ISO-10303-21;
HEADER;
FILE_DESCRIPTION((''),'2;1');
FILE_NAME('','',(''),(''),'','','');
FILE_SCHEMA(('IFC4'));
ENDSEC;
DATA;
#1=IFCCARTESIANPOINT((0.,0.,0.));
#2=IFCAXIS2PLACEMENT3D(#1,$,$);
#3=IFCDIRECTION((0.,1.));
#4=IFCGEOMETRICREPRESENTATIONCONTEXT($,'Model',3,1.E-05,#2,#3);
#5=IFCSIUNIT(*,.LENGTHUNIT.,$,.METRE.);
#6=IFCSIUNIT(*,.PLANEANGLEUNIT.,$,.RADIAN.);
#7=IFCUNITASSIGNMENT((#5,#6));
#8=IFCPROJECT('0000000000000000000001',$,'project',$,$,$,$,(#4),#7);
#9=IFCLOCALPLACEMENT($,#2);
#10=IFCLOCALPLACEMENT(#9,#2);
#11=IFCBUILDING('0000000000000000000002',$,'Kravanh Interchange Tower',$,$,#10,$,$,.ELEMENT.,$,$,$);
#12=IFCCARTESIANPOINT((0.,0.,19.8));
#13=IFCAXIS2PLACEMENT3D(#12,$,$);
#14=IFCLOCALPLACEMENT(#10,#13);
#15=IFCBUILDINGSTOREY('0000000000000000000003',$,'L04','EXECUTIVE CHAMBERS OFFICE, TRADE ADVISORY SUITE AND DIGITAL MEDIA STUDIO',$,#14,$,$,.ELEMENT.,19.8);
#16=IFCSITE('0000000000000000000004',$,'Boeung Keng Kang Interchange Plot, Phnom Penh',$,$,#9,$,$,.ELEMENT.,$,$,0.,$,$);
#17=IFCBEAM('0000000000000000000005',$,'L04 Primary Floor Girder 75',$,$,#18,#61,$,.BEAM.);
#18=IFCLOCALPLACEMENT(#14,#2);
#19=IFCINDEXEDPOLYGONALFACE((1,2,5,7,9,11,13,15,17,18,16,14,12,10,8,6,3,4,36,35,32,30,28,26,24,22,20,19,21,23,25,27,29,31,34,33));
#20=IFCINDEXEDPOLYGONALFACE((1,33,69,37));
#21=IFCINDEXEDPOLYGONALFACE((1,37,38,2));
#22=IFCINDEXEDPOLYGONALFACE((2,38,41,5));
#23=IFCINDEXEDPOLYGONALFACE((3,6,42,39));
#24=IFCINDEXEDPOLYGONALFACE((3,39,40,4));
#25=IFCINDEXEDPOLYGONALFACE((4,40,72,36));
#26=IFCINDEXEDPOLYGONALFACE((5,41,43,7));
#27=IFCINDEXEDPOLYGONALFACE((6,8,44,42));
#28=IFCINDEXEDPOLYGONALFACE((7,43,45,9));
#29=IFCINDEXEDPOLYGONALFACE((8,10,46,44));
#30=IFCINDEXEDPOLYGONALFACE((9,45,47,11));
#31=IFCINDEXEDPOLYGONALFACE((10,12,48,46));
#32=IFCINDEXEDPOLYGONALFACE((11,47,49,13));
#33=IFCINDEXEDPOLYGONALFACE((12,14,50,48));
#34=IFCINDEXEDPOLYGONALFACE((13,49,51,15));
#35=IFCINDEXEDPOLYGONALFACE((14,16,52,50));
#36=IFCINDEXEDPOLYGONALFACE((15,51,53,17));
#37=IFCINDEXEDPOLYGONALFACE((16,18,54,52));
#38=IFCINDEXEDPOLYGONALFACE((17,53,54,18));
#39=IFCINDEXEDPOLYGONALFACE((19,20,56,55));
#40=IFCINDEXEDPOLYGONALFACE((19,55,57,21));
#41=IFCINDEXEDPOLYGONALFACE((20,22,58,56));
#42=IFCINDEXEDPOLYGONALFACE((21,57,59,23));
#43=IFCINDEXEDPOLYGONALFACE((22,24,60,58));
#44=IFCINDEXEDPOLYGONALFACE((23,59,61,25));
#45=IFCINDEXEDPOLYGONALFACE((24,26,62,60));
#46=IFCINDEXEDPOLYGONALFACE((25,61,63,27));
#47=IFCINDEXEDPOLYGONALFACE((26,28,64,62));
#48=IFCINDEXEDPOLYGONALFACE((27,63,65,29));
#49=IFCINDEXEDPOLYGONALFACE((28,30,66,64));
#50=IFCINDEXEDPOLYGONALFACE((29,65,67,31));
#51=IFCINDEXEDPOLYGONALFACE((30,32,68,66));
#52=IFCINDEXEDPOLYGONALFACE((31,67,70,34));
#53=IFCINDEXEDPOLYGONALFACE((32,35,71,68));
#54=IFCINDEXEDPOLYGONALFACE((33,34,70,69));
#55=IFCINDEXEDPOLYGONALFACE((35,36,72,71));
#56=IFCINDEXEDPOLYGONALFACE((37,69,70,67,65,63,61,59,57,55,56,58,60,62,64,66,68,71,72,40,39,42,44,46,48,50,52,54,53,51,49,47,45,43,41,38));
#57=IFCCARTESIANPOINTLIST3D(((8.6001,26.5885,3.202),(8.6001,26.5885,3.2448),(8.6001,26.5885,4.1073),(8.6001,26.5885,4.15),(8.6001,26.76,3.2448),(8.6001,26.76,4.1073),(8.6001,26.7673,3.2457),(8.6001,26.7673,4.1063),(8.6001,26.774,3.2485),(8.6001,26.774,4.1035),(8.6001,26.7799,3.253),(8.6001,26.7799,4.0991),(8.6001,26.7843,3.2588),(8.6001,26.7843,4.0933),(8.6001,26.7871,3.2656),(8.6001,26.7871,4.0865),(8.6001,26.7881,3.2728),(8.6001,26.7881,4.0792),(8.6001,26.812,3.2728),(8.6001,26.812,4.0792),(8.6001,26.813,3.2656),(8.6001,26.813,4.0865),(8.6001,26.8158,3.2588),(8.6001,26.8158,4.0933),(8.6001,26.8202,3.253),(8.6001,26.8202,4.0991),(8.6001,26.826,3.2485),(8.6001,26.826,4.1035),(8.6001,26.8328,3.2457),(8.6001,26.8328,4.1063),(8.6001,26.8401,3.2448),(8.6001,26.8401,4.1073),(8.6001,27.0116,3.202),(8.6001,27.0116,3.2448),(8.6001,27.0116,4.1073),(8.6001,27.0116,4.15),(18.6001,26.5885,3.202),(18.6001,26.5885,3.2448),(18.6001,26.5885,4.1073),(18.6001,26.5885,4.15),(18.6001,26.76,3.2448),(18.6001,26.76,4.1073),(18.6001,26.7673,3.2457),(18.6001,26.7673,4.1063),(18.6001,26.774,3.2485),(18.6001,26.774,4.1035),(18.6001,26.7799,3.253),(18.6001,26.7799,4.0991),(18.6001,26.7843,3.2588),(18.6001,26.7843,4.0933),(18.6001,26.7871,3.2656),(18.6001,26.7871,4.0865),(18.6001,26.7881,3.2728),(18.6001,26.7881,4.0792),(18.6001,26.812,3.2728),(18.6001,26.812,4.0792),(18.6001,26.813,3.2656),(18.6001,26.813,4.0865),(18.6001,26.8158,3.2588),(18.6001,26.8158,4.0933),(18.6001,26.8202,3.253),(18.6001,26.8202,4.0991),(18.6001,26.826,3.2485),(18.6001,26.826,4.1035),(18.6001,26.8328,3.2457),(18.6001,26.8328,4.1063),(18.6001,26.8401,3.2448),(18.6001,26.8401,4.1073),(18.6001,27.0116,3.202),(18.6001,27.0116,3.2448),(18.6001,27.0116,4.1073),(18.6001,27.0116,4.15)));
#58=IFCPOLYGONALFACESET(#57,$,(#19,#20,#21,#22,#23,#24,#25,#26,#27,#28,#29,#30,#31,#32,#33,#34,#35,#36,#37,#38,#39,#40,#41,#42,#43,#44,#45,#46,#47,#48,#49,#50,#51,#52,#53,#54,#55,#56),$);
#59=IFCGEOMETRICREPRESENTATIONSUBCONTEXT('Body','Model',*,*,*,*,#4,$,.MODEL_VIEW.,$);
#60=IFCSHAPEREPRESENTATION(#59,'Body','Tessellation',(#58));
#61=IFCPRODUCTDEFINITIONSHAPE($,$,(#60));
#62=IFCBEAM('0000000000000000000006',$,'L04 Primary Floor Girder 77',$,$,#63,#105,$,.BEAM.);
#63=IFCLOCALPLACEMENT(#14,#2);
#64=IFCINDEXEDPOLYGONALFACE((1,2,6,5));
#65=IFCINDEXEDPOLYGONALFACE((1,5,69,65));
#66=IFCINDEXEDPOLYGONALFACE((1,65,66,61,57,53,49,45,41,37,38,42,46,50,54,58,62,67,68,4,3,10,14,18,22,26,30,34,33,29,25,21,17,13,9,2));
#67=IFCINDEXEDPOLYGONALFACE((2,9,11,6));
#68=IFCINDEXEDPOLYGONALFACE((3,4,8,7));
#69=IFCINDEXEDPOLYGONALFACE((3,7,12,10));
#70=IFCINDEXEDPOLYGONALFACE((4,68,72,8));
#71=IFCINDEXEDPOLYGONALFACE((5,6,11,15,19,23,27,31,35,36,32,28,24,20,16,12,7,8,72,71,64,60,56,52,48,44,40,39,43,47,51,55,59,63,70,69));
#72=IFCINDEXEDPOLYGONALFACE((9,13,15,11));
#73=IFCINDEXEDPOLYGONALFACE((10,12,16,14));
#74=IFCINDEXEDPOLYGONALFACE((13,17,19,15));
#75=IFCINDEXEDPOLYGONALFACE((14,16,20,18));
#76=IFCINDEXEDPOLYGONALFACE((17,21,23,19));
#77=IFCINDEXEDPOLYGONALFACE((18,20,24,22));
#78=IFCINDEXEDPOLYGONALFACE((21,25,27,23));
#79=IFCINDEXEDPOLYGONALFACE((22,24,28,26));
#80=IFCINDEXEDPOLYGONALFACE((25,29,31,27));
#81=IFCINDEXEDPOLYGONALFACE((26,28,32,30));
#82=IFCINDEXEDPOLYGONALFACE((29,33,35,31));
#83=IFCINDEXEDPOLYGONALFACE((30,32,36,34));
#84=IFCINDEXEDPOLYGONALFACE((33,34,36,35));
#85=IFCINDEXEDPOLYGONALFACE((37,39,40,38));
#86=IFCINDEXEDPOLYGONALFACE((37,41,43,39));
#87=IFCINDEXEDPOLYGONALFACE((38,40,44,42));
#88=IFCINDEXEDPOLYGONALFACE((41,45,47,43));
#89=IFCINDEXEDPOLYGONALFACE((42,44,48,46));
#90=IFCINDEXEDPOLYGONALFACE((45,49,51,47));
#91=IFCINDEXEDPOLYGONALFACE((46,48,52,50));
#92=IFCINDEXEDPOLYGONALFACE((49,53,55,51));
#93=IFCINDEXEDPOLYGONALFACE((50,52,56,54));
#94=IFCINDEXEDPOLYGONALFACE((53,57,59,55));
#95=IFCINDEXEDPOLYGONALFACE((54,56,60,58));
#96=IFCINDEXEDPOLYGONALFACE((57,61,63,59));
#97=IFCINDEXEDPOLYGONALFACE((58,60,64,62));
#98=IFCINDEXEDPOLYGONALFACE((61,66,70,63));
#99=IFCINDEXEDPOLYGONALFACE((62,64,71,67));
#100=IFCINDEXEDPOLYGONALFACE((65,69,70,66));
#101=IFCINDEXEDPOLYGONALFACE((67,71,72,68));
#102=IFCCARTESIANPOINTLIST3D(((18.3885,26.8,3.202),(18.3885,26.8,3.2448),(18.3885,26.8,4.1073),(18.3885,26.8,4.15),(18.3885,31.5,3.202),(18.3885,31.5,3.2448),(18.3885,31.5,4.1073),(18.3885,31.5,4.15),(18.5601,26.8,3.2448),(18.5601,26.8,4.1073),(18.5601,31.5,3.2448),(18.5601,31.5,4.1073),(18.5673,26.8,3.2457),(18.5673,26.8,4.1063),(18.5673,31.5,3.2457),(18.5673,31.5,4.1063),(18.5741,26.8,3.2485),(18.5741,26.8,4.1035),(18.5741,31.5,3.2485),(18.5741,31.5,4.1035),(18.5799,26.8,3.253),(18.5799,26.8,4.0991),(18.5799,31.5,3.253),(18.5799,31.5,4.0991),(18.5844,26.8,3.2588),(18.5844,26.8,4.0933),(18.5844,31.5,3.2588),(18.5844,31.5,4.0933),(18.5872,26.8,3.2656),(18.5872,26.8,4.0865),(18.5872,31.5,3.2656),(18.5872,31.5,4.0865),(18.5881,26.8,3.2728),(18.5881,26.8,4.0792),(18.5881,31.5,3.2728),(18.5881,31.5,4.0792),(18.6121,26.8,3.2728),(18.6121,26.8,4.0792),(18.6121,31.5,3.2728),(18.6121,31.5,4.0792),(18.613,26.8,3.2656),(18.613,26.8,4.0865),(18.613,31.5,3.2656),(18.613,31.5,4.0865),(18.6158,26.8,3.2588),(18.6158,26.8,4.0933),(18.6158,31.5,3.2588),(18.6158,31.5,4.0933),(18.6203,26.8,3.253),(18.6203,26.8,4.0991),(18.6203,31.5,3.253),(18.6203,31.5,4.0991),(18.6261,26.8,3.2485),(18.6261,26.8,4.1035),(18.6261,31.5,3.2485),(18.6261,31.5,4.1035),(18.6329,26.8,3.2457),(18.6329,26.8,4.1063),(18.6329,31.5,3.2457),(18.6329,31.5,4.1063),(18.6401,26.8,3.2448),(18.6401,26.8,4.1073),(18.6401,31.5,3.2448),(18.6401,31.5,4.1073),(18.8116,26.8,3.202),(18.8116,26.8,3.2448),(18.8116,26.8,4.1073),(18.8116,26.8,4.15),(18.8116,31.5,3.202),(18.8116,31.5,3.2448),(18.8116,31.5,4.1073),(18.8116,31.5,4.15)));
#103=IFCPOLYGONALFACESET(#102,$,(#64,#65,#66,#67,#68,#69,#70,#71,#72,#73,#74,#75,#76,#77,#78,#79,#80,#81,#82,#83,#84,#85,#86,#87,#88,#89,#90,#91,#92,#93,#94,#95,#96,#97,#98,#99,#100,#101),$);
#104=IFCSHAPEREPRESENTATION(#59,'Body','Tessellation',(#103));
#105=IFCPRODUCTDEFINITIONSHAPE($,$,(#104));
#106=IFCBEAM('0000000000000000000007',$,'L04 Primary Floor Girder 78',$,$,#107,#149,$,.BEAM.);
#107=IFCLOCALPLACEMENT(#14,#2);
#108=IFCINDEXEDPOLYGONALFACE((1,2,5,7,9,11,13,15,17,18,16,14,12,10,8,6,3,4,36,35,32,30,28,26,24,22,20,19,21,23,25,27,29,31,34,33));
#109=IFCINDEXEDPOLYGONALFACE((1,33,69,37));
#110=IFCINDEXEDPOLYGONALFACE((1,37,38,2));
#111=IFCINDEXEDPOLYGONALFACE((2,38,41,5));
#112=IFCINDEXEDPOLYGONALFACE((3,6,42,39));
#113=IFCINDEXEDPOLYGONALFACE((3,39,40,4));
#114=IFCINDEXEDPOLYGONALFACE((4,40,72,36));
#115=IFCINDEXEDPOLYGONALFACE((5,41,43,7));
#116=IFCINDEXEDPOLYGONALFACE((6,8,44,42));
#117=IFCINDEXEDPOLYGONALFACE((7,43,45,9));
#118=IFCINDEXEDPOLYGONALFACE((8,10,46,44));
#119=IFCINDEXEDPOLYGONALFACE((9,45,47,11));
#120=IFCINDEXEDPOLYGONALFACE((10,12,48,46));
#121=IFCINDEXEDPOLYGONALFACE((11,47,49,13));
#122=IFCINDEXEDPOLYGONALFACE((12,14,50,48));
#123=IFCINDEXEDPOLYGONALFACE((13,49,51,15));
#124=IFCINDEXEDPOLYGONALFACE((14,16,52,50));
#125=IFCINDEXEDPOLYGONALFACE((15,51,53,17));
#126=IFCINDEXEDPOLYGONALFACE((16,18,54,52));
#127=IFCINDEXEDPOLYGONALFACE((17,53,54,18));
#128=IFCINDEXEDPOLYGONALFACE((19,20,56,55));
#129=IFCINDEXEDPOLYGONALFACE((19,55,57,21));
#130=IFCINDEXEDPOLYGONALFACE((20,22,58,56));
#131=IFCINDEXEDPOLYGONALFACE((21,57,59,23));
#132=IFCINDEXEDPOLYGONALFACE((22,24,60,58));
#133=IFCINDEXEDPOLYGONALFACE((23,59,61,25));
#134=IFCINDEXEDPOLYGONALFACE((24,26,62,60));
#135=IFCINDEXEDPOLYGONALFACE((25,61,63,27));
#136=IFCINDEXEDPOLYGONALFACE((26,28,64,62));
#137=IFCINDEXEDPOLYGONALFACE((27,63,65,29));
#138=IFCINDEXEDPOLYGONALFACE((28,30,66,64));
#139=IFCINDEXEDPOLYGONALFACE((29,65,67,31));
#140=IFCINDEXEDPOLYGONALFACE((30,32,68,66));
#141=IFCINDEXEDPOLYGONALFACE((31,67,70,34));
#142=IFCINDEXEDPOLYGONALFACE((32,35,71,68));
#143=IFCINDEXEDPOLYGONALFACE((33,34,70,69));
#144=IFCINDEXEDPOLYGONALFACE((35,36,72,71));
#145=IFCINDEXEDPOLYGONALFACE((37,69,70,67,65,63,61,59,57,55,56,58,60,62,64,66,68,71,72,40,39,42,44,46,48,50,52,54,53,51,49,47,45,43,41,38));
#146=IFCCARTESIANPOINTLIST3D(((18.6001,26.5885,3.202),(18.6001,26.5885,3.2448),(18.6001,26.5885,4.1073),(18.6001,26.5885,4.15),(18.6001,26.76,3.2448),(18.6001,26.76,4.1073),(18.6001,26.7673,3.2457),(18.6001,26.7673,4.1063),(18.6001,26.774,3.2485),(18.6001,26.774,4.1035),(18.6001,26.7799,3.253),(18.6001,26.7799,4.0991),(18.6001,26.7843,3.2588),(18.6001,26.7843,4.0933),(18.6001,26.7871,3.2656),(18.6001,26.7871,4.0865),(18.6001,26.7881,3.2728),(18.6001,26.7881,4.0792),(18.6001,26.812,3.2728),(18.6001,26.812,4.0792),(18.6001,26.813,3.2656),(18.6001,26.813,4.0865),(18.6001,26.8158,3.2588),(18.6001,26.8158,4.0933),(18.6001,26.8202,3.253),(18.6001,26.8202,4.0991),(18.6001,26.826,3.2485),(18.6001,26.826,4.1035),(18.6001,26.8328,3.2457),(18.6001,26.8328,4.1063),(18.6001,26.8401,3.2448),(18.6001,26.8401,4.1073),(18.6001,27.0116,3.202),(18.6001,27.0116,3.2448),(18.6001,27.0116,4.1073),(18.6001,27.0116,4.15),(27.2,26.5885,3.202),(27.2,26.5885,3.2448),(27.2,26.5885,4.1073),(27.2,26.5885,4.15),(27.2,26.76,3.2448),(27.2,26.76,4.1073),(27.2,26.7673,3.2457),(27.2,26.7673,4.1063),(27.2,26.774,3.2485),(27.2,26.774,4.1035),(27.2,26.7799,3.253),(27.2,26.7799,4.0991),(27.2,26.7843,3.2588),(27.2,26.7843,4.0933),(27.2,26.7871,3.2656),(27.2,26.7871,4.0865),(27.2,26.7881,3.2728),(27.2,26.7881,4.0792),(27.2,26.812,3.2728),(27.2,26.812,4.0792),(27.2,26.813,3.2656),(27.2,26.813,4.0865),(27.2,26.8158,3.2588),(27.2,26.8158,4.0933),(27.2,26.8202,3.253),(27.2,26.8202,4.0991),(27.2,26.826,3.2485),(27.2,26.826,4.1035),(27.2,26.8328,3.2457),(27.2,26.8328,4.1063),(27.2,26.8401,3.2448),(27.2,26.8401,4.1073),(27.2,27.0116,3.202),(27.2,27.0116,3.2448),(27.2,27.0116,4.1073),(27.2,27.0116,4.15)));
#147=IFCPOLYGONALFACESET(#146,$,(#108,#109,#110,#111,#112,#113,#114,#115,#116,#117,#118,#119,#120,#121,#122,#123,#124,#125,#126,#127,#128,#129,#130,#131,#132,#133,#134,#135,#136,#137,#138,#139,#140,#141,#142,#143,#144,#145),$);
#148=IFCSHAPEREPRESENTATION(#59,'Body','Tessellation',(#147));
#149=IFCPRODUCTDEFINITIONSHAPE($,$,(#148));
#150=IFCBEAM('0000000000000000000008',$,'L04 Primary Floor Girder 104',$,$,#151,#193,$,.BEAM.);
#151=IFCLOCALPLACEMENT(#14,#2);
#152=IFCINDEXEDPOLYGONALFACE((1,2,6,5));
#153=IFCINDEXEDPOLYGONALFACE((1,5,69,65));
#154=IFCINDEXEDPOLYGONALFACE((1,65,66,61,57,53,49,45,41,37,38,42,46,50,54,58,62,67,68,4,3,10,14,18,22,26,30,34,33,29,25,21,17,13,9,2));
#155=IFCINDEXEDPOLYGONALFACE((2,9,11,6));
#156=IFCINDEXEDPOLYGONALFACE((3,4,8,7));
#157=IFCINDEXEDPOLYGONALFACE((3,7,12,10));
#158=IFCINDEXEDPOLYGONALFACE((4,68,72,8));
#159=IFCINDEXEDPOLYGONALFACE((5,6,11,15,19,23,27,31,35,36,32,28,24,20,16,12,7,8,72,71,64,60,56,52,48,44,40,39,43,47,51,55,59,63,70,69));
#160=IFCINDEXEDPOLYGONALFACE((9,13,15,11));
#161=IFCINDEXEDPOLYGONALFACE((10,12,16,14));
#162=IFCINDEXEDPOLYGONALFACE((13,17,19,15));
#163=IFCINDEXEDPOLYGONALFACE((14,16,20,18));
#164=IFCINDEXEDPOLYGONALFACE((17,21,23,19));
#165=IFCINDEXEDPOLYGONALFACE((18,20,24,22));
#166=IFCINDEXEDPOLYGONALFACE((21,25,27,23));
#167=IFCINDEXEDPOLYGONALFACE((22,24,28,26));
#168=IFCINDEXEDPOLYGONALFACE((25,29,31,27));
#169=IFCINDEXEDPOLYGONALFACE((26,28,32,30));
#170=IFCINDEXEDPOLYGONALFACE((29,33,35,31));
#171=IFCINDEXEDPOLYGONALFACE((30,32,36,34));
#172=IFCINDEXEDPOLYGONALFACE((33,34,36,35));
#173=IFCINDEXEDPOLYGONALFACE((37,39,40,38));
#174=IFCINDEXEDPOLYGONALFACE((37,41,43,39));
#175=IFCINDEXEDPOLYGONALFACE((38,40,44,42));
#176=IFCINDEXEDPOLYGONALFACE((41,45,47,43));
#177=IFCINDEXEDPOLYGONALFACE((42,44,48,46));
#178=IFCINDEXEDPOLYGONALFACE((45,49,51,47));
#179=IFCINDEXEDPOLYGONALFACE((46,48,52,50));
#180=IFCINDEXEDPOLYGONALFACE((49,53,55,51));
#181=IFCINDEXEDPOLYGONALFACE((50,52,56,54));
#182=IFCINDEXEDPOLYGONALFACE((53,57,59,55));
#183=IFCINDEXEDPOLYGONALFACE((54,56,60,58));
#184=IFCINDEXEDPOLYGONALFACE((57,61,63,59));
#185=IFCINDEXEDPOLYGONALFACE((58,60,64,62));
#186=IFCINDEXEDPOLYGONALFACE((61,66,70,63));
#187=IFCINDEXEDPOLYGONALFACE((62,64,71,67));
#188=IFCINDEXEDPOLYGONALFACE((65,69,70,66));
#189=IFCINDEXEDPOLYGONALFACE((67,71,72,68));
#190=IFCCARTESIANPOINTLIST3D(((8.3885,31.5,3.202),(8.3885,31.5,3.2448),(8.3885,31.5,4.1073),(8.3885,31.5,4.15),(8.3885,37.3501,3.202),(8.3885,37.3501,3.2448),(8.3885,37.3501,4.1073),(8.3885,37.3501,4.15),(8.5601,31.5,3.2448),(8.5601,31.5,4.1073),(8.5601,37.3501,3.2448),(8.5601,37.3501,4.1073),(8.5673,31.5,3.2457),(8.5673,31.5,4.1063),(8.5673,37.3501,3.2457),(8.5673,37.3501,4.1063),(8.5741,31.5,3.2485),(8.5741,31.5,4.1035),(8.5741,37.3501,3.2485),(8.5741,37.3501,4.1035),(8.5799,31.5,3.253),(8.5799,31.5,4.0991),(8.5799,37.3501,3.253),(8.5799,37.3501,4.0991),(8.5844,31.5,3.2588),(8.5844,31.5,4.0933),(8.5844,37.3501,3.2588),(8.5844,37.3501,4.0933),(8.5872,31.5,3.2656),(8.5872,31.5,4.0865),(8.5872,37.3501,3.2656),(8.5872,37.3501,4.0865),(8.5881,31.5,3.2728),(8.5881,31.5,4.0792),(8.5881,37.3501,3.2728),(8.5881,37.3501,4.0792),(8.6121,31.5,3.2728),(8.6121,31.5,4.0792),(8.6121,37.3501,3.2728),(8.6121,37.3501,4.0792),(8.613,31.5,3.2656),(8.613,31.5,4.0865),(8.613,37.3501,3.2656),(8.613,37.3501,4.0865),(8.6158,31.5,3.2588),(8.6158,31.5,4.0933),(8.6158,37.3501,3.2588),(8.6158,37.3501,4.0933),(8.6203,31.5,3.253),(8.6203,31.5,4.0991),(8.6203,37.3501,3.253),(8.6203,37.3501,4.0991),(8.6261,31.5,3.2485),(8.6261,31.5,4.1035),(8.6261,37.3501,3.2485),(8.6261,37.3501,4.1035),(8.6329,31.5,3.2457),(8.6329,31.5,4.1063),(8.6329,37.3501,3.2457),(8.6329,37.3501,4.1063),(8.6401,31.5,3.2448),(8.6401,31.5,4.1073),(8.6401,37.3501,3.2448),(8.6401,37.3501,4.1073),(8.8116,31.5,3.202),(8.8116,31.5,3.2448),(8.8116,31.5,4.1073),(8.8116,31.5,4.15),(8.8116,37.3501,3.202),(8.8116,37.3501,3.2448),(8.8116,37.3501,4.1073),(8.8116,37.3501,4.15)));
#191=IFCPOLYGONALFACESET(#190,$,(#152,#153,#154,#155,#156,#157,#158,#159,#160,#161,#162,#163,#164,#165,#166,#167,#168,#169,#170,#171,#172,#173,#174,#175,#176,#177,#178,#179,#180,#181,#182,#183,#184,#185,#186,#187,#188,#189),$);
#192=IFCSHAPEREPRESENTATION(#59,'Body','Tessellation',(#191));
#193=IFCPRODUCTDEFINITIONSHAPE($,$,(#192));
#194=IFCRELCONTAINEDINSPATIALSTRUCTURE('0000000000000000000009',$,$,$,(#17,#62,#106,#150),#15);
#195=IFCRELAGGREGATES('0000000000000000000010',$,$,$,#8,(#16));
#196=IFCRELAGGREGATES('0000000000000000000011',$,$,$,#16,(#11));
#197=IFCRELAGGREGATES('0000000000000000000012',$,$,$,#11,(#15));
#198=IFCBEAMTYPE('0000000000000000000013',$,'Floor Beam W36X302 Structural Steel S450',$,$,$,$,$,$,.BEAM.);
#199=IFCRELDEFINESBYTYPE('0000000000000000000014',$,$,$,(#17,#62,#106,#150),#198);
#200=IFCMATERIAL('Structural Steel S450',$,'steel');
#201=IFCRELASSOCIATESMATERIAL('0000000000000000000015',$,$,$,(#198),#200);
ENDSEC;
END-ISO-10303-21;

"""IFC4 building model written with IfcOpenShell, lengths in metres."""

from ifc_helpers import new_model, si_unit, direction, frame, origin, origin_2d, place, context, subcontext, project, spatial, i_section, extrude, material, material_profile, profile_set, type_object, element, save


model = new_model("IFC4")

# Units and contexts
model_context = context("Model", 3, precision=1e-05, world=origin(), true_north=direction((0.0, 1.0)))
body_context = subcontext(model_context, "Body", "Model", "MODEL_VIEW")
ifc_project = project(units=[si_unit("LENGTHUNIT", "METRE"), si_unit("PLANEANGLEUNIT", "RADIAN")], contexts=[model_context])

# Site, building, storey
site_placement = place(None, origin())
site = spatial("IfcSite", under=ifc_project, at=site_placement, Name="Boeung Keng Kang Interchange Plot, Phnom Penh", CompositionType="ELEMENT", RefElevation=0.0)
building_placement = place(site_placement, origin())
building = spatial("IfcBuilding", under=site, at=building_placement, Name="Kravanh Interchange Tower", CompositionType="ELEMENT")
storey_placement = place(building_placement, frame((0.0, 0.0, 19.8)))
storey = spatial("IfcBuildingStorey", under=building, at=storey_placement, Name="L04", Description="EXECUTIVE CHAMBERS OFFICE, TRADE ADVISORY SUITE AND DIGITAL MEDIA STUDIO", CompositionType="ELEMENT", Elevation=19.8)

# Beams
ifc_material_1 = material(Name="Structural Steel S450", Category="steel")
ifc_material_profile_1 = material_profile(ifc_material_1, i_section(OverallWidth=0.4231, OverallDepth=0.948, WebThickness=0.0239, FlangeThickness=0.0427, FilletRadius=0.0281, at=origin_2d()), Name="W36X302")
ifc_profile_set_1 = profile_set([ifc_material_profile_1], Name="Structural Steel S450")
beam_type_1 = type_object("IfcBeamType", Name="Floor Beam W36X302 Structural Steel S450", PredefinedType="BEAM", material=ifc_profile_set_1)
beam_1_placement = place(storey_placement, frame((8.6001, 26.8, 3.676), z_axis=(1.0, 0.0, 0.0), x_axis=(0.0, 1.0, 0.0)))
element("IfcBeam", 1, at=beam_1_placement, inside=storey, type_object=beam_type_1, Name="L04 Primary Floor Girder 75", PredefinedType="BEAM", context=body_context, shape_type="SweptSolid", body=[
    extrude(i_section(OverallWidth=0.4231, OverallDepth=0.948, WebThickness=0.0239, FlangeThickness=0.0427, FilletRadius=0.0281, at=origin_2d()), origin(), (0.0, 0.0, 1.0), 10.0),
])
beam_2_placement = place(storey_placement, frame((18.6001, 26.8, 3.676), z_axis=(0.0, 1.0, 0.0), x_axis=(-1.0, 0.0, 0.0)))
element("IfcBeam", 2, at=beam_2_placement, inside=storey, type_object=beam_type_1, Name="L04 Primary Floor Girder 77", PredefinedType="BEAM", context=body_context, shape_type="SweptSolid", body=[
    extrude(i_section(OverallWidth=0.4231, OverallDepth=0.948, WebThickness=0.0239, FlangeThickness=0.0427, FilletRadius=0.0281, at=origin_2d()), origin(), (0.0, 0.0, 1.0), 4.7),
])
beam_3_placement = place(storey_placement, frame((18.6001, 26.8, 3.676), z_axis=(1.0, 0.0, 0.0), x_axis=(0.0, 1.0, 0.0)))
element("IfcBeam", 3, at=beam_3_placement, inside=storey, type_object=beam_type_1, Name="L04 Primary Floor Girder 78", PredefinedType="BEAM", context=body_context, shape_type="SweptSolid", body=[
    extrude(i_section(OverallWidth=0.4231, OverallDepth=0.948, WebThickness=0.0239, FlangeThickness=0.0427, FilletRadius=0.0281, at=origin_2d()), origin(), (0.0, 0.0, 1.0), 8.5999),
])
beam_4_placement = place(storey_placement, frame((8.6001, 31.5, 3.676), z_axis=(0.0, 1.0, 0.0), x_axis=(-1.0, 0.0, 0.0)))
element("IfcBeam", 4, at=beam_4_placement, inside=storey, type_object=beam_type_1, Name="L04 Primary Floor Girder 104", PredefinedType="BEAM", context=body_context, shape_type="SweptSolid", body=[
    extrude(i_section(OverallWidth=0.4231, OverallDepth=0.948, WebThickness=0.0239, FlangeThickness=0.0427, FilletRadius=0.0281, at=origin_2d()), origin(), (0.0, 0.0, 1.0), 5.8501),
])

save(model, "model.ifc")
